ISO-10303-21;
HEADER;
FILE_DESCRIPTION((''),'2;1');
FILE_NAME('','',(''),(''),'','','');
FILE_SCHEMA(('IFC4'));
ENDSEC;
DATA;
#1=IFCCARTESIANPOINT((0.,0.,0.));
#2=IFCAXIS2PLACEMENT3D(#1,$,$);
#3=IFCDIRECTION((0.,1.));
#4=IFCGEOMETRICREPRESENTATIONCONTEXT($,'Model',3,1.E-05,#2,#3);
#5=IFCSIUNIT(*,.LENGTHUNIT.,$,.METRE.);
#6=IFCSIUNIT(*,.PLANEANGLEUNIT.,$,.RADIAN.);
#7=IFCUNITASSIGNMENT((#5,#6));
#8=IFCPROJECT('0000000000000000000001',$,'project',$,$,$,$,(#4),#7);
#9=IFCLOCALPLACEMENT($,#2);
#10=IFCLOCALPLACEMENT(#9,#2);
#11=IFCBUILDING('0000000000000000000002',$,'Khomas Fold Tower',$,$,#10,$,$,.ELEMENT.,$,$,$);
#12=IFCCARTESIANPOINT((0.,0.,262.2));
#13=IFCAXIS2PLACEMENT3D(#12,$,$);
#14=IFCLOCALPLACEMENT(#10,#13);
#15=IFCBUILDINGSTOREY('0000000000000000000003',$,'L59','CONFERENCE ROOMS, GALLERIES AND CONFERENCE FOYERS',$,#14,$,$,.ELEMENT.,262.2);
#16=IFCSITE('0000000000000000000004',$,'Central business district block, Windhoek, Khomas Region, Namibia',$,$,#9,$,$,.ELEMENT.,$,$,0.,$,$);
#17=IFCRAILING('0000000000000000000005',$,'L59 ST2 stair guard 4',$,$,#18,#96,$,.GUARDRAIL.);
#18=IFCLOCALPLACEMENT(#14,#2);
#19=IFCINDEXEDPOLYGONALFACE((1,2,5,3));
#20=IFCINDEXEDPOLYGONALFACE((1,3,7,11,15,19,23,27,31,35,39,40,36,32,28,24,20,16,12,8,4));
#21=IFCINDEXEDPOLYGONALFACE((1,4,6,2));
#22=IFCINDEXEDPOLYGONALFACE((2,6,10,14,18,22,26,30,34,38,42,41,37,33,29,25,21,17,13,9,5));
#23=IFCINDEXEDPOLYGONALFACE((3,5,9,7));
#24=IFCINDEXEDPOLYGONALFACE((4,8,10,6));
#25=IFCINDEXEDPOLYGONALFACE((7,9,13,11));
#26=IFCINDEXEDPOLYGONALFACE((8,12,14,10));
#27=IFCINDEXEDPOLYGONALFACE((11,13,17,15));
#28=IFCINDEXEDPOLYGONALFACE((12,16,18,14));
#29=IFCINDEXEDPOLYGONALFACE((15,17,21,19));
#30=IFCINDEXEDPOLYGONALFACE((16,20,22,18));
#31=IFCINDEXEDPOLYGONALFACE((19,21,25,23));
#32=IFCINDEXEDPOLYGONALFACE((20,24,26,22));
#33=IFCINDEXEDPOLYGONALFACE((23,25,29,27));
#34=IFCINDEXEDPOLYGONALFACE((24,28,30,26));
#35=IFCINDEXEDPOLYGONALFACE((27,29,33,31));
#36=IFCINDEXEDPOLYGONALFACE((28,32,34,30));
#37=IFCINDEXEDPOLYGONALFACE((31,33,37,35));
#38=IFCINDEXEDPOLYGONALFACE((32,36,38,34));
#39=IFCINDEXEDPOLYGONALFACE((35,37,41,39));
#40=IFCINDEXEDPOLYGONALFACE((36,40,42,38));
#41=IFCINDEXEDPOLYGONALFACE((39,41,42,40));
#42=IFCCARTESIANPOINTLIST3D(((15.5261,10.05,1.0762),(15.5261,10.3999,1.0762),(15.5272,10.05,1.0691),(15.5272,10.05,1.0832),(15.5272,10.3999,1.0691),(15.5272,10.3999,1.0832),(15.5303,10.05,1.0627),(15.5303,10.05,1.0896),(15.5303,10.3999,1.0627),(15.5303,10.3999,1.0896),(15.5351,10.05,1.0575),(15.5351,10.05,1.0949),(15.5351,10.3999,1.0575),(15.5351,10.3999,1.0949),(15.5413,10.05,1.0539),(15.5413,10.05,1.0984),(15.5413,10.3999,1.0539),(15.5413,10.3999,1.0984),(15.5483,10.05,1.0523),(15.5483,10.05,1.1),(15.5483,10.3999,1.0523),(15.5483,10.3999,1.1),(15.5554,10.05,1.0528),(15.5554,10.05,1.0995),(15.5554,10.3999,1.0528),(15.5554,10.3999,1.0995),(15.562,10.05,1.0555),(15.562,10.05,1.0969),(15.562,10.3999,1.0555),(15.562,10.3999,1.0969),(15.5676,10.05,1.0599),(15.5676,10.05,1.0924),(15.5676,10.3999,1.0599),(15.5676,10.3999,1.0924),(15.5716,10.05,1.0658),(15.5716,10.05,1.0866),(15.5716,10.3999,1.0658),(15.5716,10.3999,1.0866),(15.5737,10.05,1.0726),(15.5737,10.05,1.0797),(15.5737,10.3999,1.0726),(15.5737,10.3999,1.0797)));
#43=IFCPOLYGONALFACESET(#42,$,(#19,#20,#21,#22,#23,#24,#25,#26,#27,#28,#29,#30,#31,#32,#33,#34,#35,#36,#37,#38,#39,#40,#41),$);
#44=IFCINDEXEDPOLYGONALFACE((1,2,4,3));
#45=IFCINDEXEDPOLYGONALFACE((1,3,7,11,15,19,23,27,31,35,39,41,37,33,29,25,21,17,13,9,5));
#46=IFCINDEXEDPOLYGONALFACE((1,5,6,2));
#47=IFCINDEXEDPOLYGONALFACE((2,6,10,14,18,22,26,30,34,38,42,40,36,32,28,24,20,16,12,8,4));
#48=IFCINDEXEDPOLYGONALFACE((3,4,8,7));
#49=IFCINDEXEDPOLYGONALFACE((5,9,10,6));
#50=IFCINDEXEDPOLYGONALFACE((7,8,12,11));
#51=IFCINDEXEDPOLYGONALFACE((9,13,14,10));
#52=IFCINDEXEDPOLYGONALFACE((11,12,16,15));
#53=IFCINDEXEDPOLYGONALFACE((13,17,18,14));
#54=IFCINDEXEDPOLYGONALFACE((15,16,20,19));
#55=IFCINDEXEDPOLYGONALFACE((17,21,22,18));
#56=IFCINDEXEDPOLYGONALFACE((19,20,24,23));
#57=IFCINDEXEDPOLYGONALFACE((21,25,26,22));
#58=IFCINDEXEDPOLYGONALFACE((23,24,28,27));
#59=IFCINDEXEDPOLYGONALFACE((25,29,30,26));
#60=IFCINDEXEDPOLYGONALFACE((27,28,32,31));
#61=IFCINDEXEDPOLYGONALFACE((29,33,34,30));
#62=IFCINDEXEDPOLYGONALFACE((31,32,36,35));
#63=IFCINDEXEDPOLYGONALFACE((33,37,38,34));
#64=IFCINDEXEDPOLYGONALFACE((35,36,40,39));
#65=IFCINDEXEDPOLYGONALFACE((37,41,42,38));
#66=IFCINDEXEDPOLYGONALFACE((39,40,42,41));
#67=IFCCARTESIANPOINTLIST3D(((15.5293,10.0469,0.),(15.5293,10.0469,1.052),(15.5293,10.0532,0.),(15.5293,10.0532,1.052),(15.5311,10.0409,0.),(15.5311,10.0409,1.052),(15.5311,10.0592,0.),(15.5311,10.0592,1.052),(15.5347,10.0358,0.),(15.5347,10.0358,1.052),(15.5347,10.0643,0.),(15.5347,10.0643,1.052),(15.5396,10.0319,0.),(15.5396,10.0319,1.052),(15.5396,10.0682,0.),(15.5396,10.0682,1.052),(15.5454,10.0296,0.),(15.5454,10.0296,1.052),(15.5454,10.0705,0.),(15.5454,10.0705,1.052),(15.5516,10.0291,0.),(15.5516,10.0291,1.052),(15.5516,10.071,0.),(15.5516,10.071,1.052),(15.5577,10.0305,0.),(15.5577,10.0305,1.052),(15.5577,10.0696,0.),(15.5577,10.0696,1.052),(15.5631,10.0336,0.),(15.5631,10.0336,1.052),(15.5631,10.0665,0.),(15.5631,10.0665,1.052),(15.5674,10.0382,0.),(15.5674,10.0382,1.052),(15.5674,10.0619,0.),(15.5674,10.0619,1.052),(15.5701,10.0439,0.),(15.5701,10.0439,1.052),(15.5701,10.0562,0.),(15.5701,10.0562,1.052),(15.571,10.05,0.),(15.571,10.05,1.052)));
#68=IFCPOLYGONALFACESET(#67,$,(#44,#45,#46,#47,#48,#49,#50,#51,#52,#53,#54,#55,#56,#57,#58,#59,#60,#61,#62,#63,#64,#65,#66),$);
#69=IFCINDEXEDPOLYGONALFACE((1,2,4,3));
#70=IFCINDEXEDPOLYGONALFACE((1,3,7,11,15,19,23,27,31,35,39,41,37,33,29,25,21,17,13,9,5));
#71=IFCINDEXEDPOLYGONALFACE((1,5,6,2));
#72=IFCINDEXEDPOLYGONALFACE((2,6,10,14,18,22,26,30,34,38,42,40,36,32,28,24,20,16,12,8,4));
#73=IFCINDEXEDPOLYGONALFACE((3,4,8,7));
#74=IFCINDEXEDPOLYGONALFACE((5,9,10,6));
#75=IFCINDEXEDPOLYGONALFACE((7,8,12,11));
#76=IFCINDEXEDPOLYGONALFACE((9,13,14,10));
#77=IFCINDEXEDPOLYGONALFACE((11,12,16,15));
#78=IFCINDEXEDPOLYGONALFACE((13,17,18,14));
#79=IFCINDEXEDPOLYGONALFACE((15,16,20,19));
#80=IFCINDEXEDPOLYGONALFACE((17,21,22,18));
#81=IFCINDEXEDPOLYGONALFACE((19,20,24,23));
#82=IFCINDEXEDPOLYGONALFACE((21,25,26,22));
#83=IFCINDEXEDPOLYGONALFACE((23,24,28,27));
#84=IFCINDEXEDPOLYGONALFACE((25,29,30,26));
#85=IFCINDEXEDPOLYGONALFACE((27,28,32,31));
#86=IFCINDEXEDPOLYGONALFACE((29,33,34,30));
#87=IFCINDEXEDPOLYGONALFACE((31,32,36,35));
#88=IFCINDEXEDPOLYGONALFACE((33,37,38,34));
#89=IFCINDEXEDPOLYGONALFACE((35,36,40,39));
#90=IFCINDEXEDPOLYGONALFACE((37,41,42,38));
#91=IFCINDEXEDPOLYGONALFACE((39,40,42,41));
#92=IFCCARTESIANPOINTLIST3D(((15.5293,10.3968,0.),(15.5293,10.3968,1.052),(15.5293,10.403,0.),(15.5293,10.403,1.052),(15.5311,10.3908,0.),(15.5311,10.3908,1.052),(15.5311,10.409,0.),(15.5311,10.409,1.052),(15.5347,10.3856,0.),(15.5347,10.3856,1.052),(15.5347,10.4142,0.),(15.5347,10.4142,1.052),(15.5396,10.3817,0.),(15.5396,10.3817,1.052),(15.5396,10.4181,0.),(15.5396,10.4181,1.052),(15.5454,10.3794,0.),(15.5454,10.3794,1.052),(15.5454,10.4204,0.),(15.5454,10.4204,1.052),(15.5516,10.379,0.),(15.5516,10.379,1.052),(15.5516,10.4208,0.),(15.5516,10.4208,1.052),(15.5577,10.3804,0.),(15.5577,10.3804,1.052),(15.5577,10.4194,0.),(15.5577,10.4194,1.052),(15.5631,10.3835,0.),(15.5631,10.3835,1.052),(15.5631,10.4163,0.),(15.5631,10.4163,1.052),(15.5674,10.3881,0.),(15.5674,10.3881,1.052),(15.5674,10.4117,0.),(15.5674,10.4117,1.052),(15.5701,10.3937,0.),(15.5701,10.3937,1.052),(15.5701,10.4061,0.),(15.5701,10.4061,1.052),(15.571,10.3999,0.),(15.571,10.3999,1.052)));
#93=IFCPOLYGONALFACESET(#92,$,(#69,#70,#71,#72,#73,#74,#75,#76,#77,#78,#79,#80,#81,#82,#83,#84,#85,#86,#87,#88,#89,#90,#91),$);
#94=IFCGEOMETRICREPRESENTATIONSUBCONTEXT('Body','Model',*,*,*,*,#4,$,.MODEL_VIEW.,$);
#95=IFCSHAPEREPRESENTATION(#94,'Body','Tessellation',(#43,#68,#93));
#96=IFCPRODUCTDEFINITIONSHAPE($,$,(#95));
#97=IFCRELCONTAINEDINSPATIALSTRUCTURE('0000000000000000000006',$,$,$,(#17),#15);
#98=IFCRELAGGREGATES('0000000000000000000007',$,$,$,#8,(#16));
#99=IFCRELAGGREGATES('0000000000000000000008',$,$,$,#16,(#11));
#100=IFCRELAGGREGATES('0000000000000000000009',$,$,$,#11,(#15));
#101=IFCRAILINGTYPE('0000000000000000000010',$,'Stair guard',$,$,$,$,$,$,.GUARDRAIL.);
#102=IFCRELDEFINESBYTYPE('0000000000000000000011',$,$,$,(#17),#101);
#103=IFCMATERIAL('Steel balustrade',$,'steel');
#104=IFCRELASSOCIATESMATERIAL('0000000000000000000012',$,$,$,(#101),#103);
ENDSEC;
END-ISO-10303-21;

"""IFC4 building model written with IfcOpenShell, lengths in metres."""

from ifc_helpers import new_model, si_unit, direction, frame, origin, origin_2d, place, context, subcontext, project, spatial, circle, extrude, source, transform, mapped, material, type_object, element, save


model = new_model("IFC4")

# Units and contexts
model_context = context("Model", 3, precision=1e-05, world=origin(), true_north=direction((0.0, 1.0)))
body_context = subcontext(model_context, "Body", "Model", "MODEL_VIEW")
ifc_project = project(units=[si_unit("LENGTHUNIT", "METRE"), si_unit("PLANEANGLEUNIT", "RADIAN")], contexts=[model_context])

# Site, building, storey
site_placement = place(None, origin())
site = spatial("IfcSite", under=ifc_project, at=site_placement, Name="Central business district block, Windhoek, Khomas Region, Namibia", CompositionType="ELEMENT", RefElevation=0.0)
building_placement = place(site_placement, origin())
building = spatial("IfcBuilding", under=site, at=building_placement, Name="Khomas Fold Tower", CompositionType="ELEMENT")
storey_placement = place(building_placement, frame((0.0, 0.0, 262.2)))
storey = spatial("IfcBuildingStorey", under=building, at=storey_placement, Name="L59", Description="CONFERENCE ROOMS, GALLERIES AND CONFERENCE FOYERS", CompositionType="ELEMENT", Elevation=262.2)

# Railing
ifc_material_1 = material(Name="Steel balustrade", Category="steel")
railing_type_1 = type_object("IfcRailingType", Name="Stair guard", PredefinedType="GUARDRAIL", material=ifc_material_1)
shared_shape_1 = source(origin(), body_context, "Body", "SweptSolid", [
    extrude(circle(Radius=0.0239, at=origin_2d()), frame((0.0, 0.0, 1.0762), z_axis=(0.0, 1.0, 0.0), x_axis=(-1.0, 0.0, 0.0)), (0.0, 0.0, 1.0), 0.3499),
    extrude(circle(Radius=0.021, at=origin_2d()), origin(), (0.0, 0.0, 1.0), 1.052),
    extrude(circle(Radius=0.021, at=origin_2d()), frame((0.0, 0.3499, 0.0)), (0.0, 0.0, 1.0), 1.052),
])
railing_1_placement = place(storey_placement, frame((15.55, 10.05, 0.0)))
element("IfcRailing", 1, at=railing_1_placement, inside=storey, type_object=railing_type_1, Name="L59 ST2 stair guard 4", PredefinedType="GUARDRAIL", context=body_context, shape_type="MappedRepresentation", body=[
    mapped(shared_shape_1, transform((0.0, 0.0, 0.0))),
])

save(model, "model.ifc")
